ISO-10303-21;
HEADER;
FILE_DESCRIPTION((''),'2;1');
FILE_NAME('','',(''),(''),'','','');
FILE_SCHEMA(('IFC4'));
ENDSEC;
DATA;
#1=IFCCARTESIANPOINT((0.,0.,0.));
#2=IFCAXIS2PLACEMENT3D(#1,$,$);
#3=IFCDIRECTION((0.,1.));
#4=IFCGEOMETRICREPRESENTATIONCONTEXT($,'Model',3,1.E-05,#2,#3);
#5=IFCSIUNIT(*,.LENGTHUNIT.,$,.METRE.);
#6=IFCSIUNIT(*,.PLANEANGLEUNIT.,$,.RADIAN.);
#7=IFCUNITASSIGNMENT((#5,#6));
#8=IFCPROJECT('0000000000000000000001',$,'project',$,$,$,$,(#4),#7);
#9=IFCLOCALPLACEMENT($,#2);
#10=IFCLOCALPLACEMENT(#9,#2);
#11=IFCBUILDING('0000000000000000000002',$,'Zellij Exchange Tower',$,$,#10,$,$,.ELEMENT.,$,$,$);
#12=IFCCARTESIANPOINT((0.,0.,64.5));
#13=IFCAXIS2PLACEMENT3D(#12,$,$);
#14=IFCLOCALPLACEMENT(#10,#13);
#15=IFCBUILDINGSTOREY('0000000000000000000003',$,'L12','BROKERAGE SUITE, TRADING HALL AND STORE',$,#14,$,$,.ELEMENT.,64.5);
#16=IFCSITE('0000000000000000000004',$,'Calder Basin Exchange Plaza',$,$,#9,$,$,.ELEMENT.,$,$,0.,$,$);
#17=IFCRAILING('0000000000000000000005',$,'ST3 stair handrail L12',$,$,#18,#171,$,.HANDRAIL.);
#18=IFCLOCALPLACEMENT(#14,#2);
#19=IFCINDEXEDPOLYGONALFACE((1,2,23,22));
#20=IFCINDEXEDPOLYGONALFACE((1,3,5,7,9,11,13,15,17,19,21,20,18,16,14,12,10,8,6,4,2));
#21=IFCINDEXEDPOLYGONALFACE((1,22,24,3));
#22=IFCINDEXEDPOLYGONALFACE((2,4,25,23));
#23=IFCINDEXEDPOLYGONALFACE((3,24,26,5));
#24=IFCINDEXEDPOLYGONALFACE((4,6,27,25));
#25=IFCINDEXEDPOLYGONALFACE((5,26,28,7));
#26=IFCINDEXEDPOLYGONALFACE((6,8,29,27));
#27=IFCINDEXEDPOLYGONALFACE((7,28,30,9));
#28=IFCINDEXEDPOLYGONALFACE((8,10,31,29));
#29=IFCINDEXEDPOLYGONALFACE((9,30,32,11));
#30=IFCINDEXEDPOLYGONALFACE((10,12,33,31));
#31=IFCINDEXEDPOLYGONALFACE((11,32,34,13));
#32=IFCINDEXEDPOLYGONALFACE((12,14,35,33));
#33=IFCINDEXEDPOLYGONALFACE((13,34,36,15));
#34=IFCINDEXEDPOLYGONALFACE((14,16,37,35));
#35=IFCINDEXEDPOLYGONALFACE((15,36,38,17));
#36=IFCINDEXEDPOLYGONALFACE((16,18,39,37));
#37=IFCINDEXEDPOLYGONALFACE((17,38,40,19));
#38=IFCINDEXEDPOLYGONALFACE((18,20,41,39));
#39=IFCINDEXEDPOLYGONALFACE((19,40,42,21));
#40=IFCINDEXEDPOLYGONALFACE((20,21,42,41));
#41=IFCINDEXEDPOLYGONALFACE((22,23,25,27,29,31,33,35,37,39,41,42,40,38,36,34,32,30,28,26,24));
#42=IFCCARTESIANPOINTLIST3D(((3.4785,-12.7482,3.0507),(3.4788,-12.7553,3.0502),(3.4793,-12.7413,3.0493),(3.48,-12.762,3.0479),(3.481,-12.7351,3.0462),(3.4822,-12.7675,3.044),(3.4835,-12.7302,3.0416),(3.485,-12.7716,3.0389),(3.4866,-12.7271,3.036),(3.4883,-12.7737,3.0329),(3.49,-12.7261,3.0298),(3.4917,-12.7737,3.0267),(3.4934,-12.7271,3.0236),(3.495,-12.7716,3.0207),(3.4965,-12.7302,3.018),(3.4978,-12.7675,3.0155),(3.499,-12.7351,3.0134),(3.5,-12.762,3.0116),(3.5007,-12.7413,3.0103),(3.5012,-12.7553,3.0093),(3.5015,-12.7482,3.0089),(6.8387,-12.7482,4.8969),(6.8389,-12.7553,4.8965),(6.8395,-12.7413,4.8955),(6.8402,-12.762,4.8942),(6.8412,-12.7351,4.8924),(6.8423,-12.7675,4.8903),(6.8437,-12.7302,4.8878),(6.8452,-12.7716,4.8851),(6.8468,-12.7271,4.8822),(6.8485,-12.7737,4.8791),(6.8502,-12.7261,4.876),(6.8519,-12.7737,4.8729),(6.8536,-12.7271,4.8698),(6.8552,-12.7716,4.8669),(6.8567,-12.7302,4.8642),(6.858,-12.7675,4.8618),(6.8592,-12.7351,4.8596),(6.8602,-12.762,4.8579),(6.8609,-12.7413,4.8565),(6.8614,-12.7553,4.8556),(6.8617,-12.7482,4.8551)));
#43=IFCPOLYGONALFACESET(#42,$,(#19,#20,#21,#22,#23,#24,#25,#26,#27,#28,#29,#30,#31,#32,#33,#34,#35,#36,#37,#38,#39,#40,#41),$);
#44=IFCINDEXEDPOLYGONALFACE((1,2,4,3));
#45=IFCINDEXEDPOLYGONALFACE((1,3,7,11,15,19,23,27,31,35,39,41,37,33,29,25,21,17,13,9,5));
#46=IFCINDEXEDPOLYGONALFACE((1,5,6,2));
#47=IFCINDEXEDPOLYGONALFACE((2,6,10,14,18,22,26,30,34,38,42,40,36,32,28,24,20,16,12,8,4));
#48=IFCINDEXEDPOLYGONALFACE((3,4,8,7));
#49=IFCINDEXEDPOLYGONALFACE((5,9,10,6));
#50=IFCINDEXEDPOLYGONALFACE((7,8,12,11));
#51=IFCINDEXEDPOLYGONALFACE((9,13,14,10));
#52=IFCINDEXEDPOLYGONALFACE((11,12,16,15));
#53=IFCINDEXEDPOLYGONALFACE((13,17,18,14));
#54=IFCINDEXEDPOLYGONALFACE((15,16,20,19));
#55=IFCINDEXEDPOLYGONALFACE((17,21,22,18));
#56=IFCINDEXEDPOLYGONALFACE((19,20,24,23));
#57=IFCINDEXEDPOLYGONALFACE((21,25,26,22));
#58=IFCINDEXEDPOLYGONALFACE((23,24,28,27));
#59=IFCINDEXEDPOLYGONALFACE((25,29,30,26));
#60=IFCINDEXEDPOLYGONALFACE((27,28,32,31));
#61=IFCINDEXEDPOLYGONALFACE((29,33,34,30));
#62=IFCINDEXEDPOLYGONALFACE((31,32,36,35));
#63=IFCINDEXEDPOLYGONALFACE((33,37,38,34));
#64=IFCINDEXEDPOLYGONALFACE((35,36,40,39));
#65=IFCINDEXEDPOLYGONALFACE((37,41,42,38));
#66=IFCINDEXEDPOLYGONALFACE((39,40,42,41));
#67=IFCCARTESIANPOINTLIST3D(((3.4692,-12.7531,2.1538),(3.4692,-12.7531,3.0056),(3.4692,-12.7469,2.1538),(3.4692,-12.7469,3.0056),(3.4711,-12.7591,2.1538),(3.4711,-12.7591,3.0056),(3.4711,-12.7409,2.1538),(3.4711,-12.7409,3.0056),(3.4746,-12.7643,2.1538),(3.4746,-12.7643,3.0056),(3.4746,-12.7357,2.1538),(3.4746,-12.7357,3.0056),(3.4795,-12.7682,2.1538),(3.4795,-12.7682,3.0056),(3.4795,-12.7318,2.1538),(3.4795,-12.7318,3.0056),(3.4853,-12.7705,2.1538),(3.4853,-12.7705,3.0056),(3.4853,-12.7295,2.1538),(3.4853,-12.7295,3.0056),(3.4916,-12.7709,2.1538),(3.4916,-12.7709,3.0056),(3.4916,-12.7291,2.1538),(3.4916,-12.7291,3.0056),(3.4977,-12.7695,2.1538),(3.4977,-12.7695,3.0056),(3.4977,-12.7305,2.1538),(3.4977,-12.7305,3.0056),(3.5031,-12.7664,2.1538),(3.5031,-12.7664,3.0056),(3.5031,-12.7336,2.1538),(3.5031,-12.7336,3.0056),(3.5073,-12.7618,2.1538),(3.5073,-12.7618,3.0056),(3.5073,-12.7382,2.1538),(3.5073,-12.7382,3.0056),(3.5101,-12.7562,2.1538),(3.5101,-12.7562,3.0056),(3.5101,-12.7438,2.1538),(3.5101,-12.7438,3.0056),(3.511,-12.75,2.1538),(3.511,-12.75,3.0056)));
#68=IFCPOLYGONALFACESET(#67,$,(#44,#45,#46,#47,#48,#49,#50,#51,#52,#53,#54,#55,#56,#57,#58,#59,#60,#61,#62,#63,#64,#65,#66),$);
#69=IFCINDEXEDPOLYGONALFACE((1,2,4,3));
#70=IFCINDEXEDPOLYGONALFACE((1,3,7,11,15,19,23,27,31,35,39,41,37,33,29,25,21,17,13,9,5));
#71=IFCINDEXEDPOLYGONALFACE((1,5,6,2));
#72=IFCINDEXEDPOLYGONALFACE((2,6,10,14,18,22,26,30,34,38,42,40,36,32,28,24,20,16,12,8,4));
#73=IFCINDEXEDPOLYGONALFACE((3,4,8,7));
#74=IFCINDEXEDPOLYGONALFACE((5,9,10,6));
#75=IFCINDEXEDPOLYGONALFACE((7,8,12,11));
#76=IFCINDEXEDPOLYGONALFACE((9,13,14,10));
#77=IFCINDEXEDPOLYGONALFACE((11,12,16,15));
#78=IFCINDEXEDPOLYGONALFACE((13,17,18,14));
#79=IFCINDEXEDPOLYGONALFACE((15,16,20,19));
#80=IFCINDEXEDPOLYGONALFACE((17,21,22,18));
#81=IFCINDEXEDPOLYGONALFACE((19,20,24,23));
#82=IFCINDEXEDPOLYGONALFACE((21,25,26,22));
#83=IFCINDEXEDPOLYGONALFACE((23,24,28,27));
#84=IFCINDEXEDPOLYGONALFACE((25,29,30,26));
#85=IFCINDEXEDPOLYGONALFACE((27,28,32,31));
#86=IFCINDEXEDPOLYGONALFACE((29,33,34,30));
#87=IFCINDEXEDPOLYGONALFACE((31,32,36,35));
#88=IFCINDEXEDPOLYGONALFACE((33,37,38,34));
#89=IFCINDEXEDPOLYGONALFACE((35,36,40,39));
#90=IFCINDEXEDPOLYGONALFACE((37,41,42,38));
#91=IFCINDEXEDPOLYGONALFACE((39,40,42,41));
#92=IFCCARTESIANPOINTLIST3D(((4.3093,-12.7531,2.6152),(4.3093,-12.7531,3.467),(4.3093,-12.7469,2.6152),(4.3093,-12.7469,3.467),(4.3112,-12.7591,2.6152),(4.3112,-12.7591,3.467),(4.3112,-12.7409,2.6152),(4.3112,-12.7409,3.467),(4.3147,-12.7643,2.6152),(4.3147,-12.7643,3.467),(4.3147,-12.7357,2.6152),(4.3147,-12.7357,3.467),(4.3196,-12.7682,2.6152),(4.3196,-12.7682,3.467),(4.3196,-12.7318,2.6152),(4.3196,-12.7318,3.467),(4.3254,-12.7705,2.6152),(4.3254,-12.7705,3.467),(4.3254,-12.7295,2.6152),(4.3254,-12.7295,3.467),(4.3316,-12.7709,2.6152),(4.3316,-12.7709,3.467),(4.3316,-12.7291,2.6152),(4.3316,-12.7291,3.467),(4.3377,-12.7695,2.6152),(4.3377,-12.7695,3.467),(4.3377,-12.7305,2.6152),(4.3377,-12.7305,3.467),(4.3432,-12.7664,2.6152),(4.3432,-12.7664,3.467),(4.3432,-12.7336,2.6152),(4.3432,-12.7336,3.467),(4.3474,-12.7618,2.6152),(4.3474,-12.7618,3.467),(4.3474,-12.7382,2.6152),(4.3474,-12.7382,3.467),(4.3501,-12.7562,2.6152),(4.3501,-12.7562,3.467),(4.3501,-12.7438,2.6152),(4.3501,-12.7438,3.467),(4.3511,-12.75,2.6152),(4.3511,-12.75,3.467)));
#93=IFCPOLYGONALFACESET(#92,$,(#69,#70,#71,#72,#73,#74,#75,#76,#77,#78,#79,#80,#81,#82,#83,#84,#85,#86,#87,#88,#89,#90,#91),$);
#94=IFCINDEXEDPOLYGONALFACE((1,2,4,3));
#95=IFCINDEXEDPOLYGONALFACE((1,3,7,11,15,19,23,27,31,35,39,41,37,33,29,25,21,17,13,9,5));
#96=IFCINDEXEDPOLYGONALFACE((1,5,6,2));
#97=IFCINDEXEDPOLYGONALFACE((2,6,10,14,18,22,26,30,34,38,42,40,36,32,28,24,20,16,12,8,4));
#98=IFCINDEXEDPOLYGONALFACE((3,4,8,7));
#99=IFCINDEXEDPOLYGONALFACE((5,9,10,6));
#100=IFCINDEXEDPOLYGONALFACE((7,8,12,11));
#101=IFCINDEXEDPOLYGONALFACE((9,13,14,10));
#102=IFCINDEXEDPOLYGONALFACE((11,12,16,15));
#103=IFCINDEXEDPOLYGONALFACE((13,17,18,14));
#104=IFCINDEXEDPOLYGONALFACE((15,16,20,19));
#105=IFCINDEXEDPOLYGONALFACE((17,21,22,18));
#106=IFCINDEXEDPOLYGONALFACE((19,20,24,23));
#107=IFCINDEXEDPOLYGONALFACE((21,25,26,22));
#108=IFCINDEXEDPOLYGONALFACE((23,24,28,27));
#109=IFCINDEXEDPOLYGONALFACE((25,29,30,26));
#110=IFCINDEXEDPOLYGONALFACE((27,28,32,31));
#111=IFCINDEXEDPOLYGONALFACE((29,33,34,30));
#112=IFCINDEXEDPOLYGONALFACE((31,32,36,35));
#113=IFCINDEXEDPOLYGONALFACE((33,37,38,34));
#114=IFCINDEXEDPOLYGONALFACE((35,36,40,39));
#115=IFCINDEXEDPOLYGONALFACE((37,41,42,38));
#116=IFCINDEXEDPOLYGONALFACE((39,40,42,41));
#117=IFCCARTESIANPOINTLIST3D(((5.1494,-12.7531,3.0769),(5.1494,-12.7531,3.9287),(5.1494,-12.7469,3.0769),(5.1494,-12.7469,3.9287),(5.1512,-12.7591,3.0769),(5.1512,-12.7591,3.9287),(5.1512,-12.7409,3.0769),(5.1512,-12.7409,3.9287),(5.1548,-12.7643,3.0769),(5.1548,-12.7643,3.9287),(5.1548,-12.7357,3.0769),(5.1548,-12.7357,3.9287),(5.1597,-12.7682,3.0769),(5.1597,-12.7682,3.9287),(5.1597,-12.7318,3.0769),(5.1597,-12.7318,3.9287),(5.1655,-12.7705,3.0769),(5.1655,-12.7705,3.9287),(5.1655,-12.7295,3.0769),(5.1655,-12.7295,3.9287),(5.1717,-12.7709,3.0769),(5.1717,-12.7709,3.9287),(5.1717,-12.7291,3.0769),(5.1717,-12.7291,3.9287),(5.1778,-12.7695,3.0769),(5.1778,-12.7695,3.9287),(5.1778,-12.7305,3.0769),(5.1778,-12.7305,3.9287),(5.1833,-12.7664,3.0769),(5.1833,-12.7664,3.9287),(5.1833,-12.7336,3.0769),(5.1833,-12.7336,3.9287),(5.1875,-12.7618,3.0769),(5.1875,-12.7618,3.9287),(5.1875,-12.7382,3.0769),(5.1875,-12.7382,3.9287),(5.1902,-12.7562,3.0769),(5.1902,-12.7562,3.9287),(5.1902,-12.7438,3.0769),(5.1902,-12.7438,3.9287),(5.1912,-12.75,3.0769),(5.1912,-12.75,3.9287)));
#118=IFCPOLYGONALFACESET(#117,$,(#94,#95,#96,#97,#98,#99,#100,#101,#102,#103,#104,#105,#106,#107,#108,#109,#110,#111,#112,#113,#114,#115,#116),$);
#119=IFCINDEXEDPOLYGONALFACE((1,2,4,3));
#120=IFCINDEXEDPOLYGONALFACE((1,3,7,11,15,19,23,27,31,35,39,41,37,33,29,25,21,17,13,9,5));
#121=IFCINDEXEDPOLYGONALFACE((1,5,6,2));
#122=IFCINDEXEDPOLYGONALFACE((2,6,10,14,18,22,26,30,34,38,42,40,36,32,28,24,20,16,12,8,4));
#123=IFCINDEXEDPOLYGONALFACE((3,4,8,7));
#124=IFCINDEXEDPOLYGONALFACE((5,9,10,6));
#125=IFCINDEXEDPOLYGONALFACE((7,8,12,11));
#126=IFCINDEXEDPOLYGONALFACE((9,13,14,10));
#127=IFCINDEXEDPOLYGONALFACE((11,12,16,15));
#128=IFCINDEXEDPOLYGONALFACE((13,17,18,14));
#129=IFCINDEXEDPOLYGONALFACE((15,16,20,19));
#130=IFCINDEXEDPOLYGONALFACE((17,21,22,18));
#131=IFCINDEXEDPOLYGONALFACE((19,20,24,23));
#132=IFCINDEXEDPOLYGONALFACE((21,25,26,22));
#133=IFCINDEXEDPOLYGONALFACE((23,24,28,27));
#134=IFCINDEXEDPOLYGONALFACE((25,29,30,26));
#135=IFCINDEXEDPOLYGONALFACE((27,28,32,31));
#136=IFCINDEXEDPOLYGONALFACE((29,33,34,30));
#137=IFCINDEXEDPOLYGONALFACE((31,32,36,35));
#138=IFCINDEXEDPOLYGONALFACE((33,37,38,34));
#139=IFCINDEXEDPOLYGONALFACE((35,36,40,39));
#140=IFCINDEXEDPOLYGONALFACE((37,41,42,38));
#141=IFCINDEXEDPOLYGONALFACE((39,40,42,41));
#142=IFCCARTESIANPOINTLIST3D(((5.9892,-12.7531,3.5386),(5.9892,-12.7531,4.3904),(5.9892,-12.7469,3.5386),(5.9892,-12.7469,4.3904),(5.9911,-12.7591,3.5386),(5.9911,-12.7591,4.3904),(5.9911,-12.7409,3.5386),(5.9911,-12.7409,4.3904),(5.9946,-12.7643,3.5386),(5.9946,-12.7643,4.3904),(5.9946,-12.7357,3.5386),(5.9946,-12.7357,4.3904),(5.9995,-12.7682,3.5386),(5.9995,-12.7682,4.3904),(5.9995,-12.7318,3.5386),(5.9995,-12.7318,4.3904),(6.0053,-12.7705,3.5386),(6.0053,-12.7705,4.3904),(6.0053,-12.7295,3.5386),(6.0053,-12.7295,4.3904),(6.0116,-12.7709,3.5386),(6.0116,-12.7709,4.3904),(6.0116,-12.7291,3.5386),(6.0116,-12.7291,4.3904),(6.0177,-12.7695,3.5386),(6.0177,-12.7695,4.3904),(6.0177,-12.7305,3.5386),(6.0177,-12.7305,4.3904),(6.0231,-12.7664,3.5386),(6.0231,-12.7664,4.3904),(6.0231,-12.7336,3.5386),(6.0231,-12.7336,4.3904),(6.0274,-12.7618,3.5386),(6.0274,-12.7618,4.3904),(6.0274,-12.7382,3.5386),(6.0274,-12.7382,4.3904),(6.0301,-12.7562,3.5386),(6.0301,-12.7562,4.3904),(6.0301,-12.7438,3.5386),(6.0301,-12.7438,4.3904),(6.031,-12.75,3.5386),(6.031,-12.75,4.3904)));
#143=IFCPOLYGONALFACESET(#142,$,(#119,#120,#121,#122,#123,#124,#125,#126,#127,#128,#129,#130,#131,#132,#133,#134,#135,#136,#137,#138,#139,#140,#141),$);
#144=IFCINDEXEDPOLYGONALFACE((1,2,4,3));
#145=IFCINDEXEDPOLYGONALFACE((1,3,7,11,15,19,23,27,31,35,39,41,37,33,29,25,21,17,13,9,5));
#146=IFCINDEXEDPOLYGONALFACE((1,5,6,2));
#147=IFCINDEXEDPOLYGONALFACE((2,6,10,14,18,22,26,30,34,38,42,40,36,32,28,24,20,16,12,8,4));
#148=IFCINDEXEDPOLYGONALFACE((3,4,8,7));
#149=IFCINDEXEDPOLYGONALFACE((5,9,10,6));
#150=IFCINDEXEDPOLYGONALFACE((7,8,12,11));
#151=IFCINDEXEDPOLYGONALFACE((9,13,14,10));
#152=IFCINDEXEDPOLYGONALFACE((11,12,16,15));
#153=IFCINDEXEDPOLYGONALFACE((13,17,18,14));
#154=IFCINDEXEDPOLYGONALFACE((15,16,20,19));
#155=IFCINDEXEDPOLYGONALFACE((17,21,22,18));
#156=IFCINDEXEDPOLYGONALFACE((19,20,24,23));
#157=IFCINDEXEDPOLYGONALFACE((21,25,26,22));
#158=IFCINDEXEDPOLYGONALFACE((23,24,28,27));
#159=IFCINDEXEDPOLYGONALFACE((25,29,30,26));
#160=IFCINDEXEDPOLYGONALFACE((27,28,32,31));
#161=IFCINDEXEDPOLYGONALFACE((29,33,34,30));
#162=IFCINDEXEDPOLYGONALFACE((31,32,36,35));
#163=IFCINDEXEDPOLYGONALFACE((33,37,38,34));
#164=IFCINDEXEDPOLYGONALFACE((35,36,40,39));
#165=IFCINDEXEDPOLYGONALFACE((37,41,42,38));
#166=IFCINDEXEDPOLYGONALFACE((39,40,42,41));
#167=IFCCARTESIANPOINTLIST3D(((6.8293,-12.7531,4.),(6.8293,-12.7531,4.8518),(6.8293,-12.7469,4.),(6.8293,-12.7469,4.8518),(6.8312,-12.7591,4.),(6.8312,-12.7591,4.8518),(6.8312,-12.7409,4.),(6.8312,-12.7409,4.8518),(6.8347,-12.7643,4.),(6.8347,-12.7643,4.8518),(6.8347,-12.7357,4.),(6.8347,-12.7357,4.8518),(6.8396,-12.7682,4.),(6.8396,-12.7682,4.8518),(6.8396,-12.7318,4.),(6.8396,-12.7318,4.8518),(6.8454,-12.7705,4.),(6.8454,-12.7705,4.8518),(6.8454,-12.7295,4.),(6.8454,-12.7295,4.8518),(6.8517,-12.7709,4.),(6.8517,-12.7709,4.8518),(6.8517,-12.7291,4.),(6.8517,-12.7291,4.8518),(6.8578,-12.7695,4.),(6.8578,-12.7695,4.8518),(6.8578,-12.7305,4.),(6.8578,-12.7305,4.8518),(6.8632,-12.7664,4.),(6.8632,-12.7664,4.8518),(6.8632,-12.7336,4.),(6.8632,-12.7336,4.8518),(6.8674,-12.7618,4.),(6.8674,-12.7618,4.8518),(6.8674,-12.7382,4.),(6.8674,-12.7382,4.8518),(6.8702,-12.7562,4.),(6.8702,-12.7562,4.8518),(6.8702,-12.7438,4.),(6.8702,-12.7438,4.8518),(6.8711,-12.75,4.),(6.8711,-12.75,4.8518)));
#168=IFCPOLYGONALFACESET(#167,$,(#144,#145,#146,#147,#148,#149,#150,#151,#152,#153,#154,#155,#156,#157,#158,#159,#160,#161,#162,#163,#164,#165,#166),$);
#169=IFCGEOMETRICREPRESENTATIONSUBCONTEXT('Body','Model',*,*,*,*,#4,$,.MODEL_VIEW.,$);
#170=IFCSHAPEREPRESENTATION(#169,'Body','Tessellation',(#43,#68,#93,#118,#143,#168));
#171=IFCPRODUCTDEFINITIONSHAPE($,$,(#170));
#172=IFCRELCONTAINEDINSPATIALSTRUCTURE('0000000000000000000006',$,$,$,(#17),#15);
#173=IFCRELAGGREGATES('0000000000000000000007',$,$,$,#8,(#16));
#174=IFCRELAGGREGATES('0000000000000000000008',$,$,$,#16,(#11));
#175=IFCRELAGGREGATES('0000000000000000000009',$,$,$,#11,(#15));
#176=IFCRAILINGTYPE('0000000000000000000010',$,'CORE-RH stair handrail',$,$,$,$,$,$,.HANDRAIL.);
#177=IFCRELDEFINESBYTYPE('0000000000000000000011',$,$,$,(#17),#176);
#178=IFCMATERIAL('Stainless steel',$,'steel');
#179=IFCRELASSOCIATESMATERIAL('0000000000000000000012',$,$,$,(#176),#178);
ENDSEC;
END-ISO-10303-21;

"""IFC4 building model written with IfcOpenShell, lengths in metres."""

from ifc_helpers import new_model, si_unit, direction, frame, origin, origin_2d, place, context, subcontext, project, spatial, circle, extrude, material, type_object, element, save


model = new_model("IFC4")

# Units and contexts
model_context = context("Model", 3, precision=1e-05, world=origin(), true_north=direction((0.0, 1.0)))
body_context = subcontext(model_context, "Body", "Model", "MODEL_VIEW")
ifc_project = project(units=[si_unit("LENGTHUNIT", "METRE"), si_unit("PLANEANGLEUNIT", "RADIAN")], contexts=[model_context])

# Site, building, storey
site_placement = place(None, origin())
site = spatial("IfcSite", under=ifc_project, at=site_placement, Name="Calder Basin Exchange Plaza", CompositionType="ELEMENT", RefElevation=0.0)
building_placement = place(site_placement, origin())
building = spatial("IfcBuilding", under=site, at=building_placement, Name="Zellij Exchange Tower", CompositionType="ELEMENT")
storey_placement = place(building_placement, frame((0.0, 0.0, 64.5)))
storey = spatial("IfcBuildingStorey", under=building, at=storey_placement, Name="L12", Description="BROKERAGE SUITE, TRADING HALL AND STORE", CompositionType="ELEMENT", Elevation=64.5)

# Railing
ifc_material_1 = material(Name="Stainless steel", Category="steel")
railing_type_1 = type_object("IfcRailingType", Name="CORE-RH stair handrail", PredefinedType="HANDRAIL", material=ifc_material_1)
railing_1_placement = place(storey_placement, frame((3.49, -12.75, 2.1538)))
element("IfcRailing", 1, at=railing_1_placement, inside=storey, type_object=railing_type_1, Name="ST3 stair handrail L12", PredefinedType="HANDRAIL", context=body_context, shape_type="SweptSolid", body=[
    extrude(circle(Radius=0.0239, at=origin_2d()), frame((0.0, 0.0, 0.876), z_axis=(0.876422, 0.0, 0.481545), x_axis=(0.0, 1.0, 0.0)), (0.0, 0.0, 1.0), 3.834),
    extrude(circle(Radius=0.021, at=origin_2d()), origin(), (0.0, 0.0, 1.0), 0.8518),
    extrude(circle(Radius=0.021, at=origin_2d()), frame((0.8401, 0.0, 0.4614)), (0.0, 0.0, 1.0), 0.8518),
    extrude(circle(Radius=0.021, at=origin_2d()), frame((1.6802, 0.0, 0.9231)), (0.0, 0.0, 1.0), 0.8518),
    extrude(circle(Radius=0.021, at=origin_2d()), frame((2.52, 0.0, 1.3848)), (0.0, 0.0, 1.0), 0.8518),
    extrude(circle(Radius=0.021, at=origin_2d()), frame((3.3601, 0.0, 1.8462)), (0.0, 0.0, 1.0), 0.8518),
])

save(model, "model.ifc")
